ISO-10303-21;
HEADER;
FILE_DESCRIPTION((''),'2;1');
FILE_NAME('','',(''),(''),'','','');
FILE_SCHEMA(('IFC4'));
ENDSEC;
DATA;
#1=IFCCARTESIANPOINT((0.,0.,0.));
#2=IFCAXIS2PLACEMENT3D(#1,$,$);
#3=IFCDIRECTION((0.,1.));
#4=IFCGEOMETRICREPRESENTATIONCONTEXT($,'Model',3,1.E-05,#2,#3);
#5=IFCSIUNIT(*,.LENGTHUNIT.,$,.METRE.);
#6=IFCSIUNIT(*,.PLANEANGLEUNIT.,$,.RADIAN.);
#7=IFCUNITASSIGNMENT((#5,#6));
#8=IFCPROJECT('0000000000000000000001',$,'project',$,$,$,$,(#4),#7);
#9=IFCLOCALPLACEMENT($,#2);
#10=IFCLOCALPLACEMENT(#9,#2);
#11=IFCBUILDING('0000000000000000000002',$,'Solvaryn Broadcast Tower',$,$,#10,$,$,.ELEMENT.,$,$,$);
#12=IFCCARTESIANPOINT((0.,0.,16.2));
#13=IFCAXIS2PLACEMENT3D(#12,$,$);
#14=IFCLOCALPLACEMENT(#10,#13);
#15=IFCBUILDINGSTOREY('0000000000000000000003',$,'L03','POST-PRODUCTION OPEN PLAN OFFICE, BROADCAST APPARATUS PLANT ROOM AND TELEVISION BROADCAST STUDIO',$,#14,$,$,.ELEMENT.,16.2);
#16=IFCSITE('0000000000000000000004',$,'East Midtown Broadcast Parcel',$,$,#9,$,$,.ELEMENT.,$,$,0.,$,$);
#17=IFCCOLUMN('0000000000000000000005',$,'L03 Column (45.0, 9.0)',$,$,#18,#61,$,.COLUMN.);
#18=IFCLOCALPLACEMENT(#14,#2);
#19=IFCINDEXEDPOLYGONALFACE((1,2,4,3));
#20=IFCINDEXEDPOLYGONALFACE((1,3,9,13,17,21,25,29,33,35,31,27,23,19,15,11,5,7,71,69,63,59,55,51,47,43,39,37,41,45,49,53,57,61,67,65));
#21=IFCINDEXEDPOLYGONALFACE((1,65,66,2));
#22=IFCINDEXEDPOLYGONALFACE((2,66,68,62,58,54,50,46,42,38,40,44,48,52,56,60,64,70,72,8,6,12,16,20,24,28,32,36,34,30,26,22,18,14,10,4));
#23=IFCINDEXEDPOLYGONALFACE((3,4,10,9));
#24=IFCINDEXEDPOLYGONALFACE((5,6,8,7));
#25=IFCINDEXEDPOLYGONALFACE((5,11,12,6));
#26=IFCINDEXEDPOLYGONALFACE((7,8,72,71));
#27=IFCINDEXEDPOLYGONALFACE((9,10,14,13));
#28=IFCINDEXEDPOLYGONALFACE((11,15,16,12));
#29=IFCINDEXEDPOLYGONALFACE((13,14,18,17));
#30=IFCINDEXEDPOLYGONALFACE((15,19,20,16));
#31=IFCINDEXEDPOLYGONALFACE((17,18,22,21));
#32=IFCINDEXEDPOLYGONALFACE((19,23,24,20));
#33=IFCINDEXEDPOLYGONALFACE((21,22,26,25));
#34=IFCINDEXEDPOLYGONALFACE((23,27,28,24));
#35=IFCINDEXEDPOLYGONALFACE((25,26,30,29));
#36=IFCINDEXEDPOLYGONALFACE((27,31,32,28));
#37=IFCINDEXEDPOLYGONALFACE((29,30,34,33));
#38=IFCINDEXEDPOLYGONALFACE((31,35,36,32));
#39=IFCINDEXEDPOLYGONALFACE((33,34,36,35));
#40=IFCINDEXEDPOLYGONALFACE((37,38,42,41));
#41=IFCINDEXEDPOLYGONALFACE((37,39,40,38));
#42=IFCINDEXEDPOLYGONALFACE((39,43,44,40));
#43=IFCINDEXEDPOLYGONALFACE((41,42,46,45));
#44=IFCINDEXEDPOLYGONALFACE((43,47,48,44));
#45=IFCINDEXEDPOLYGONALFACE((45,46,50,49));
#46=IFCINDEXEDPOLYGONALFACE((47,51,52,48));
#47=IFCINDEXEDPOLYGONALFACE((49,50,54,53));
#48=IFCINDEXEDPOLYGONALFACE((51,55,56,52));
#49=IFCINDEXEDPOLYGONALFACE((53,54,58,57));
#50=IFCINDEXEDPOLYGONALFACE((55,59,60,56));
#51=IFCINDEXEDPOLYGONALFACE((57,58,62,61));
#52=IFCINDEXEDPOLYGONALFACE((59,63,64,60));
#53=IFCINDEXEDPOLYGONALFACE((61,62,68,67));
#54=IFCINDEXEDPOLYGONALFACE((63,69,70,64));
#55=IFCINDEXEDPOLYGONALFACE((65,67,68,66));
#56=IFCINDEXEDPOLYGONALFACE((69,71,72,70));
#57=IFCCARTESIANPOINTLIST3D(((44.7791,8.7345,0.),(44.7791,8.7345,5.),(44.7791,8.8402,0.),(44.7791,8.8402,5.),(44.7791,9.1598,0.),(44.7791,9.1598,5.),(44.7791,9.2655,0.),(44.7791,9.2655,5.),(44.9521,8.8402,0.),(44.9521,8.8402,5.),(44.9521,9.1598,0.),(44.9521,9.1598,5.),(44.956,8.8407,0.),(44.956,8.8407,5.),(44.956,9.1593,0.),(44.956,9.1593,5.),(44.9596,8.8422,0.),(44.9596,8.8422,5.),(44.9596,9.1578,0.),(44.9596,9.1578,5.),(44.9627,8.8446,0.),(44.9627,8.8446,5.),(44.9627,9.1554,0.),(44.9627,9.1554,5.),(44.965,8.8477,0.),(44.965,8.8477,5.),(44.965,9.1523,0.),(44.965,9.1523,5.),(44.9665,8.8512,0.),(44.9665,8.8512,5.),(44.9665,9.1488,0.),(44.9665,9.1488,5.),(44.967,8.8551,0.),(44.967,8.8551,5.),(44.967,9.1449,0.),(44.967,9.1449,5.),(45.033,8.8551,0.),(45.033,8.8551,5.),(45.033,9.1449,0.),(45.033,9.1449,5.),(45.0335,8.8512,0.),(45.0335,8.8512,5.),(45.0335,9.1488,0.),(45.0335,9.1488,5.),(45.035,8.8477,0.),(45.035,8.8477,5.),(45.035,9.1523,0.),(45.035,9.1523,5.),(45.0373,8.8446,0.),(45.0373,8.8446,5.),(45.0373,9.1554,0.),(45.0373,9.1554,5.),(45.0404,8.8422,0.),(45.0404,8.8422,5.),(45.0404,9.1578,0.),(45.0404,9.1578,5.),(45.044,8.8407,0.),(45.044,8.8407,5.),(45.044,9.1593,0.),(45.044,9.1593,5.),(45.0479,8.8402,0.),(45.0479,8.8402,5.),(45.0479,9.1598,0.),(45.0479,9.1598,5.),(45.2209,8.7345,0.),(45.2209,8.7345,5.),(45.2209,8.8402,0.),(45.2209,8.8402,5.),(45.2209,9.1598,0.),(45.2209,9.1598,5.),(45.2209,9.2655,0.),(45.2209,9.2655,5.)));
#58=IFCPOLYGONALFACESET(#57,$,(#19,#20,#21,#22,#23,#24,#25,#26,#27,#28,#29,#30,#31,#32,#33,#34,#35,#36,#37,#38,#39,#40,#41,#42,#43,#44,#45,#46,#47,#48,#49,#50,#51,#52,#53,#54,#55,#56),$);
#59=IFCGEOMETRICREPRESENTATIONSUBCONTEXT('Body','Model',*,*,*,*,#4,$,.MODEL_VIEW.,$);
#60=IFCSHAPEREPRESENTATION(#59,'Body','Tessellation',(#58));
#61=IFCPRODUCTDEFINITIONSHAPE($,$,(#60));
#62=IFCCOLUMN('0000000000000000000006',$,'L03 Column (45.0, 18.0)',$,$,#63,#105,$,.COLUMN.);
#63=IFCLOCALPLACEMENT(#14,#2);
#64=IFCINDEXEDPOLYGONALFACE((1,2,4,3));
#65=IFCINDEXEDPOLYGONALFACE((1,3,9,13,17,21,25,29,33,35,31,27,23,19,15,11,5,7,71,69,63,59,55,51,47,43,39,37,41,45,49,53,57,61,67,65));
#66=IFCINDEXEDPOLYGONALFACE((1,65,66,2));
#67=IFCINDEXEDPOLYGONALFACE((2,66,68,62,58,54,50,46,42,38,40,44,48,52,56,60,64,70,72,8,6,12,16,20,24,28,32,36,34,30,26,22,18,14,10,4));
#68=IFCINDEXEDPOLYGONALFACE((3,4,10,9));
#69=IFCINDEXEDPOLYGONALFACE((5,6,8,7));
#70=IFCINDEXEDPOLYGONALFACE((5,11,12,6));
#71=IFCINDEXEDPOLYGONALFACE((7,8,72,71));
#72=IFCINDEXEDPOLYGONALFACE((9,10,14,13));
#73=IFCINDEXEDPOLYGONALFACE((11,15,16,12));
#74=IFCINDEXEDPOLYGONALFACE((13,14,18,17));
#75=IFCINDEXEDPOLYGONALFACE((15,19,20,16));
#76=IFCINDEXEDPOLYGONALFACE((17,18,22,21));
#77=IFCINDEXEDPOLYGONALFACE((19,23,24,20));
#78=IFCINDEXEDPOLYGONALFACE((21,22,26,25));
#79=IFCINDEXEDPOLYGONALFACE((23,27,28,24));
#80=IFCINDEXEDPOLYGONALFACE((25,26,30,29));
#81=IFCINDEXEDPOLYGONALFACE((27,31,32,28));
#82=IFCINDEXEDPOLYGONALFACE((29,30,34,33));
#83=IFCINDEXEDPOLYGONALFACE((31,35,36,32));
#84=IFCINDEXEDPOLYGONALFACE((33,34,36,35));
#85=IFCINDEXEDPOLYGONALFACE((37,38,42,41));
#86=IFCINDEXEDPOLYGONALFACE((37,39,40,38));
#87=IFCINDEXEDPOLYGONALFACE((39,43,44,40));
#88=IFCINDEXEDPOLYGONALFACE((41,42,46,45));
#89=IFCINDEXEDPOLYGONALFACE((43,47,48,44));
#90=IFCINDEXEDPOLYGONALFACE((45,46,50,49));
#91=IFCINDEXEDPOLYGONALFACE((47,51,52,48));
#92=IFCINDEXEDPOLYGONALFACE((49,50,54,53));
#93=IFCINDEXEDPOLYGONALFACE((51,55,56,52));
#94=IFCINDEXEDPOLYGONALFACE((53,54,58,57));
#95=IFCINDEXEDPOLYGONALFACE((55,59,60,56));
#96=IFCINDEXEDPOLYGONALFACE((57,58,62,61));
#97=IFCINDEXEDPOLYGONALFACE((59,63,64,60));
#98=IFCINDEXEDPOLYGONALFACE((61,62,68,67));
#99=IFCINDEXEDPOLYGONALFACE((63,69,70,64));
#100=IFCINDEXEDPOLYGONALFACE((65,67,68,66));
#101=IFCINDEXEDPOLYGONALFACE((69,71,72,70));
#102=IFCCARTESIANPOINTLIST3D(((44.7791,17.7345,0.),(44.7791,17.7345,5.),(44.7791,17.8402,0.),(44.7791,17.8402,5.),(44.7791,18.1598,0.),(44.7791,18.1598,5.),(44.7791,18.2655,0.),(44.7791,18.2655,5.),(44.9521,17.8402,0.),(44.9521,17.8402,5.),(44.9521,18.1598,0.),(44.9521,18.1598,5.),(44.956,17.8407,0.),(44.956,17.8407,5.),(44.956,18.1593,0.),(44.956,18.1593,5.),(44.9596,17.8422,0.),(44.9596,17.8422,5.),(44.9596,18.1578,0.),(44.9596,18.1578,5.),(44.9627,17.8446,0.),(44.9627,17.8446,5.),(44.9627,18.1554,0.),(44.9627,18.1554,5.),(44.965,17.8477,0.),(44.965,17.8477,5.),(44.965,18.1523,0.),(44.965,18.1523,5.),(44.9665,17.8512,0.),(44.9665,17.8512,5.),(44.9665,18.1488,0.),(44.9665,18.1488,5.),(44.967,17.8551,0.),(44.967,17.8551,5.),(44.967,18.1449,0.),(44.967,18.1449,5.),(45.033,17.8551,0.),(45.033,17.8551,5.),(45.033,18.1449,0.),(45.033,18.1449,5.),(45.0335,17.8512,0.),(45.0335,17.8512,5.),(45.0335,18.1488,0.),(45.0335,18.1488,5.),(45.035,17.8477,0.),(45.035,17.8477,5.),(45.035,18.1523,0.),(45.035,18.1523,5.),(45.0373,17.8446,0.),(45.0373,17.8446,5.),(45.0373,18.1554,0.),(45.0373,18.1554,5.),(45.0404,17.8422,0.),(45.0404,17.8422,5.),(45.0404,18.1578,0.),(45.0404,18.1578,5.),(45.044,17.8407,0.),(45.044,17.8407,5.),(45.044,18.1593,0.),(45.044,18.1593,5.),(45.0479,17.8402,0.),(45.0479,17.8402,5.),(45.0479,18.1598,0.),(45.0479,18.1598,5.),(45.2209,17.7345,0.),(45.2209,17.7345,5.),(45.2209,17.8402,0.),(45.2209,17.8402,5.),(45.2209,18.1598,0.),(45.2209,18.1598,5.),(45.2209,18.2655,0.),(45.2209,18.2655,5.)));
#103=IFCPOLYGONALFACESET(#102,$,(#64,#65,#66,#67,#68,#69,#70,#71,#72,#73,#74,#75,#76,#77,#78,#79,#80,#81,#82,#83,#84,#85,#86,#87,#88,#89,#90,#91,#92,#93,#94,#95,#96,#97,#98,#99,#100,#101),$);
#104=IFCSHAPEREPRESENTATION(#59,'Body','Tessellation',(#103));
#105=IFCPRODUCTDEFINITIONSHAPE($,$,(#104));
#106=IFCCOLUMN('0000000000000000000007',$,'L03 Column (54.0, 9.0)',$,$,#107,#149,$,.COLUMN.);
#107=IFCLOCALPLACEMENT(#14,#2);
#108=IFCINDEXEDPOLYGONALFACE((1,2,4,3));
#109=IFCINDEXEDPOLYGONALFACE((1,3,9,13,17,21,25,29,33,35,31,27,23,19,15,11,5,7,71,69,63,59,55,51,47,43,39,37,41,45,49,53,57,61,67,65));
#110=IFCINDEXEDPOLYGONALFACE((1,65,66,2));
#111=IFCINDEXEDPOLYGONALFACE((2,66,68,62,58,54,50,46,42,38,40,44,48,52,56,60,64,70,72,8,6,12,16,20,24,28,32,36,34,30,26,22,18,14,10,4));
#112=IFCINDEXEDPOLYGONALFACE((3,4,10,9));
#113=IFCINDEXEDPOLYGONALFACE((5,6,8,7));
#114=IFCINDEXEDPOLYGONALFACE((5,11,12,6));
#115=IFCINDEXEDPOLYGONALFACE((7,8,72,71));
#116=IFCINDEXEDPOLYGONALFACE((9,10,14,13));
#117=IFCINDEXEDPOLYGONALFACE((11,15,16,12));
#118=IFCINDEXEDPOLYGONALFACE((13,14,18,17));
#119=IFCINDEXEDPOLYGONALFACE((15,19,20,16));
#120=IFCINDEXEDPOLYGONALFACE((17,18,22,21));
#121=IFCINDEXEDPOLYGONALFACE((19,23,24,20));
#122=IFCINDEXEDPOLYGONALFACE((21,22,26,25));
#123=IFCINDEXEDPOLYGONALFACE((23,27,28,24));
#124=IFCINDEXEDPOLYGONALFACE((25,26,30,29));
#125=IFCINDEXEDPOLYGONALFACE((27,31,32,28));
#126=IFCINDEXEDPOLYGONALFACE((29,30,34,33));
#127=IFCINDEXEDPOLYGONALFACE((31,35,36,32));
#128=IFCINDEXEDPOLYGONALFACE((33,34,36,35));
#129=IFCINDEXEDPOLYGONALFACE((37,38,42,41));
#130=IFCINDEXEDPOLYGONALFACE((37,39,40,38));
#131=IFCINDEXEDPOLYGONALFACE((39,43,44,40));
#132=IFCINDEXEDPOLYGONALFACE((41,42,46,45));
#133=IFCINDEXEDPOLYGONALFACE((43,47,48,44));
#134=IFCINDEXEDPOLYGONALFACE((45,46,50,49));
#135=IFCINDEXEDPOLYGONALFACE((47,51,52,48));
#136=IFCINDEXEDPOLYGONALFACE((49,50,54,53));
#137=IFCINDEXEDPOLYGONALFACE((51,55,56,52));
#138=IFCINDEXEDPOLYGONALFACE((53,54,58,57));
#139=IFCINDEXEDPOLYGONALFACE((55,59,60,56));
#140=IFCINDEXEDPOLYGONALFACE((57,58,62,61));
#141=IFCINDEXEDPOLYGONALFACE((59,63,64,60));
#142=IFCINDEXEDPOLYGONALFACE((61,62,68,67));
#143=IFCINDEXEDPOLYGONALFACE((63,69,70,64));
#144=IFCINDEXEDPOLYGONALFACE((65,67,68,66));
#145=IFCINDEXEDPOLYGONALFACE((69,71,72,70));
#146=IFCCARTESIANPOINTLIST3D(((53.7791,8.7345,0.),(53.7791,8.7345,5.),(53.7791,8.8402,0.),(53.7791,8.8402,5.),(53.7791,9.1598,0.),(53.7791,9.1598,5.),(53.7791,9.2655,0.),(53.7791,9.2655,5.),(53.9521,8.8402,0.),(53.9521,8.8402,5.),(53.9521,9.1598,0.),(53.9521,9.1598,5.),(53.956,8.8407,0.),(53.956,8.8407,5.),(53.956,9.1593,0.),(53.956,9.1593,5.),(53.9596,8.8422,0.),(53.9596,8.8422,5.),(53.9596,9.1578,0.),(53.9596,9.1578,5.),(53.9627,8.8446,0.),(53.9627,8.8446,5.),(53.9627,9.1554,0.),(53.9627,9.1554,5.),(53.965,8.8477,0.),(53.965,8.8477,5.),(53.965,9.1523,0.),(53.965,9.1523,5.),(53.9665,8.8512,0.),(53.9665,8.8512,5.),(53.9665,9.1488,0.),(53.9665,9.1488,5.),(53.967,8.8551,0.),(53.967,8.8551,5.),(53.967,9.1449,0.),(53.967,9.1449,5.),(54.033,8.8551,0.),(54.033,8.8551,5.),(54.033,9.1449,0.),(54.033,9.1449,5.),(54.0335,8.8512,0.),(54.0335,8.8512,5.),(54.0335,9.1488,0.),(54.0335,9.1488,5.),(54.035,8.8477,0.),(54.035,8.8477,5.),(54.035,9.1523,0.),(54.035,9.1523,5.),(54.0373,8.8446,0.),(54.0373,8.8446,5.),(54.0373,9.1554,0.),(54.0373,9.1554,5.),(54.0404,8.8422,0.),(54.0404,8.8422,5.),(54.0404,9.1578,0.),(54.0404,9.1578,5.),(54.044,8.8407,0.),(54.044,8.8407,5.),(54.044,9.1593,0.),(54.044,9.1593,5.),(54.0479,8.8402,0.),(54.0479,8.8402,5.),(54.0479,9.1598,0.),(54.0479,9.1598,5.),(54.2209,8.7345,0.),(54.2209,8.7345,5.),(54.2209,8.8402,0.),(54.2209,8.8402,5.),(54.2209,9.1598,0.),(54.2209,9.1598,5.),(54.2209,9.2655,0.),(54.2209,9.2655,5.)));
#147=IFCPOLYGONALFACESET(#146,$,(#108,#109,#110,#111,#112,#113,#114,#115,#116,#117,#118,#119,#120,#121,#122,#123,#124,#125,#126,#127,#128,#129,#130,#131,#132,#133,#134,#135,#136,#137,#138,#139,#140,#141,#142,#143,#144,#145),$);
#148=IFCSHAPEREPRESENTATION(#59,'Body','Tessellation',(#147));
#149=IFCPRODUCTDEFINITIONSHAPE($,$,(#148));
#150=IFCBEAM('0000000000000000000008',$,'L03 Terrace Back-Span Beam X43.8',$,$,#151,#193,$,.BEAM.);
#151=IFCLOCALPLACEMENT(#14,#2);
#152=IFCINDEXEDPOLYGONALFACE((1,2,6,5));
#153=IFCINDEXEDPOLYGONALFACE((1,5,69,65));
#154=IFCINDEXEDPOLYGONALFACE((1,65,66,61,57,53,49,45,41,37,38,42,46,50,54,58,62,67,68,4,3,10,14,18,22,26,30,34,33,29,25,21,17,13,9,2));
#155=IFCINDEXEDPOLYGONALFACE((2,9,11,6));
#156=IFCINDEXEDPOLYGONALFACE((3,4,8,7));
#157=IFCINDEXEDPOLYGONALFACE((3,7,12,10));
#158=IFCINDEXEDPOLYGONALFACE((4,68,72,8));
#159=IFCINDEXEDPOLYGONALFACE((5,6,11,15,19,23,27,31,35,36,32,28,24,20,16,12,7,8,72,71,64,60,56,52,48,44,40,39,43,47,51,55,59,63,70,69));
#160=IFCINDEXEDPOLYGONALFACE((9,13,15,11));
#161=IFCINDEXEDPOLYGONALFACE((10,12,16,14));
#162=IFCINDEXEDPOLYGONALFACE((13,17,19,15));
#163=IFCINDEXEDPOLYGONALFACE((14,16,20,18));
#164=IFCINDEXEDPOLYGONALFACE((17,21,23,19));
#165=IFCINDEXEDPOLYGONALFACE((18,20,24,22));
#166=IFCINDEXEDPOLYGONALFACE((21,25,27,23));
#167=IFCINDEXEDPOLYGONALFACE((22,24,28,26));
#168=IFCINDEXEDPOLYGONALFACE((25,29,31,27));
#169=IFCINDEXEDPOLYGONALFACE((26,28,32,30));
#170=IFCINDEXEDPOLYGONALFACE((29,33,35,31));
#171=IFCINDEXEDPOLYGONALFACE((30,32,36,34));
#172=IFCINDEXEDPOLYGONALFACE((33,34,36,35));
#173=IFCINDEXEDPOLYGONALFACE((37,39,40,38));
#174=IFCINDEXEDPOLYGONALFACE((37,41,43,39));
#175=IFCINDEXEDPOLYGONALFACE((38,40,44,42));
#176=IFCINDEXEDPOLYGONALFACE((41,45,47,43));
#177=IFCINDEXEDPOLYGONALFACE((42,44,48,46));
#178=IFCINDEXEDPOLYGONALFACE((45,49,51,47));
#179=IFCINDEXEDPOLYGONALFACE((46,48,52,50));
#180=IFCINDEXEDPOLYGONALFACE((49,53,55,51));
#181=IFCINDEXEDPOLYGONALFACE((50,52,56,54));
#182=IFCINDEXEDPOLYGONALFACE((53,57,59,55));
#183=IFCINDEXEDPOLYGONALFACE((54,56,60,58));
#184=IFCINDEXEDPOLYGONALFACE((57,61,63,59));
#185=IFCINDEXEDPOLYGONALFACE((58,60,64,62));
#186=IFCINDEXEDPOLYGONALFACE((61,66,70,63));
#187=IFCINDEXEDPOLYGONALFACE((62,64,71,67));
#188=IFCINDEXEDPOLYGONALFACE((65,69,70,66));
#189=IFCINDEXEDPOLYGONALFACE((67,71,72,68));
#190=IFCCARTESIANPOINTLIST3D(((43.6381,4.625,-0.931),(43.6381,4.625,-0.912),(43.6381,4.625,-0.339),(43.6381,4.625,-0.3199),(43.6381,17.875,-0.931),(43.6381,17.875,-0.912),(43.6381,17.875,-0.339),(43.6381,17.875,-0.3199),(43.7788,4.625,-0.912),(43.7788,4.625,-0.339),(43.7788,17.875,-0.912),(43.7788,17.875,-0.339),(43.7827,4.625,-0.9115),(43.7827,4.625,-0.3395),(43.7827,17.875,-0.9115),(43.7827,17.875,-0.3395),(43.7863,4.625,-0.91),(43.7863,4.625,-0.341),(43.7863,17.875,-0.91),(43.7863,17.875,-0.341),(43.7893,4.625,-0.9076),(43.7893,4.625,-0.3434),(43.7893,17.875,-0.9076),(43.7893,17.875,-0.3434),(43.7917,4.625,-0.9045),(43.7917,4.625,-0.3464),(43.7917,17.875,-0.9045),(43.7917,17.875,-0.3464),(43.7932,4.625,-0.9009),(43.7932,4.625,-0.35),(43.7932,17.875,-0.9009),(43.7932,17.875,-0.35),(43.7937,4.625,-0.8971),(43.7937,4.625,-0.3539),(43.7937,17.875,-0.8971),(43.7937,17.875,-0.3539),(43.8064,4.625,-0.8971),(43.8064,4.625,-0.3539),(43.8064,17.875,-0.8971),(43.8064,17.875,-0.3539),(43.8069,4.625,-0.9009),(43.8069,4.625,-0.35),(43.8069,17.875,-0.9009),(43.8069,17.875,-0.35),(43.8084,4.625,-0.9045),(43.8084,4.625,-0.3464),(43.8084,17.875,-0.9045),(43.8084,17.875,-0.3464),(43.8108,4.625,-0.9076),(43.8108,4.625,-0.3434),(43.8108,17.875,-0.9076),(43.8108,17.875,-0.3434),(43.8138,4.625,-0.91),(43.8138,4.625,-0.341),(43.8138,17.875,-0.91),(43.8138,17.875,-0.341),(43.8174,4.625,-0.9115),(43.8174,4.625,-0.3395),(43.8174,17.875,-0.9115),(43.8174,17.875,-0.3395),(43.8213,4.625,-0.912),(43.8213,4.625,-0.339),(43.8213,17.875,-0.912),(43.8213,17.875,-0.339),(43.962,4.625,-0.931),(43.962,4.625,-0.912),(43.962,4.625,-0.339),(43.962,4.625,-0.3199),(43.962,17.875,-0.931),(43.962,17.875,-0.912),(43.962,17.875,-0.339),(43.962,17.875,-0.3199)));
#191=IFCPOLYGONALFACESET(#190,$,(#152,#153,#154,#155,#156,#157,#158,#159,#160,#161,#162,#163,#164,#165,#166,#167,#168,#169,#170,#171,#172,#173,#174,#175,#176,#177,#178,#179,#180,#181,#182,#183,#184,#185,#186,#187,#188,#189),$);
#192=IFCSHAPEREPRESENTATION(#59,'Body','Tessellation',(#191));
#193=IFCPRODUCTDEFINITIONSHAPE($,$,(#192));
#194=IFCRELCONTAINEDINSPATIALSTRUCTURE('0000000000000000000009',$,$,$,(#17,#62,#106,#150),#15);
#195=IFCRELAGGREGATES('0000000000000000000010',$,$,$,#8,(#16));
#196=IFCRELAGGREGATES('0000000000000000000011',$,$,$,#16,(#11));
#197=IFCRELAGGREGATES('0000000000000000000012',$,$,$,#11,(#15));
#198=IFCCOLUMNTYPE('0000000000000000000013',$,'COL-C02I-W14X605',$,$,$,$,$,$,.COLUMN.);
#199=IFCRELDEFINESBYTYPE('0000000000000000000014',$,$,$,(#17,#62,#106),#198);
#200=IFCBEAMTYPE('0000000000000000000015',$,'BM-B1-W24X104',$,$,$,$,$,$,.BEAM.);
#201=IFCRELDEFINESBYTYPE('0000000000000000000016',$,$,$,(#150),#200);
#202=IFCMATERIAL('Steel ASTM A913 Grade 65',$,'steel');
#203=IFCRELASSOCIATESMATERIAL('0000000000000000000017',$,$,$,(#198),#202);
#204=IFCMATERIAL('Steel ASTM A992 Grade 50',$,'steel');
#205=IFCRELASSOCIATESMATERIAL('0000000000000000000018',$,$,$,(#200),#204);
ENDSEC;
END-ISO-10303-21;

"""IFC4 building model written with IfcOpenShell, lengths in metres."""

from ifc_helpers import new_model, si_unit, direction, frame, origin, origin_2d, place, context, subcontext, project, spatial, i_section, extrude, material, material_profile, profile_set, type_object, element, save


model = new_model("IFC4")

# Units and contexts
model_context = context("Model", 3, precision=1e-05, world=origin(), true_north=direction((0.0, 1.0)))
body_context = subcontext(model_context, "Body", "Model", "MODEL_VIEW")
ifc_project = project(units=[si_unit("LENGTHUNIT", "METRE"), si_unit("PLANEANGLEUNIT", "RADIAN")], contexts=[model_context])

# Site, building, storey
site_placement = place(None, origin())
site = spatial("IfcSite", under=ifc_project, at=site_placement, Name="East Midtown Broadcast Parcel", CompositionType="ELEMENT", RefElevation=0.0)
building_placement = place(site_placement, origin())
building = spatial("IfcBuilding", under=site, at=building_placement, Name="Solvaryn Broadcast Tower", CompositionType="ELEMENT")
storey_placement = place(building_placement, frame((0.0, 0.0, 16.2)))
storey = spatial("IfcBuildingStorey", under=building, at=storey_placement, Name="L03", Description="POST-PRODUCTION OPEN PLAN OFFICE, BROADCAST APPARATUS PLANT ROOM AND TELEVISION BROADCAST STUDIO", CompositionType="ELEMENT", Elevation=16.2)

# Columns
ifc_material_1 = material(Name="Steel ASTM A913 Grade 65", Category="steel")
ifc_material_profile_1 = material_profile(ifc_material_1, i_section(OverallWidth=0.4419, OverallDepth=0.531, WebThickness=0.0659, FlangeThickness=0.1057, FilletRadius=0.0149, at=origin_2d()))
ifc_profile_set_1 = profile_set([ifc_material_profile_1], Name="Steel ASTM A913 Grade 65")
column_type = type_object("IfcColumnType", Name="COL-C02I-W14X605", PredefinedType="COLUMN", material=ifc_profile_set_1)
for number, where, z_axis, x_axis, name in (
    (1, (45.0, 9.0, 0.0), (0.0, 0.0, 1.0), (1.0, 0.0, 0.0), "L03 Column (45.0, 9.0)"),
    (2, (45.0, 18.0, 0.0), (0.0, 0.0, 1.0), (1.0, 0.0, 0.0), "L03 Column (45.0, 18.0)"),
    (3, (54.0, 9.0, 0.0), (0.0, 0.0, 1.0), (1.0, 0.0, 0.0), "L03 Column (54.0, 9.0)"),
):
    element("IfcColumn", number, at=place(storey_placement, frame(where, z_axis=z_axis, x_axis=x_axis)), inside=storey, type_object=column_type, Name=name, PredefinedType="COLUMN", context=body_context, shape_type="SweptSolid", body=[
        extrude(i_section(OverallWidth=0.4419, OverallDepth=0.531, WebThickness=0.0659, FlangeThickness=0.1057, FilletRadius=0.0149, at=origin_2d()), origin(), (0.0, 0.0, 1.0), 5.0),
    ])

# Beam
ifc_material_2 = material(Name="Steel ASTM A992 Grade 50", Category="steel")
ifc_material_profile_2 = material_profile(ifc_material_2, i_section(OverallWidth=0.324, OverallDepth=0.6111, WebThickness=0.0127, FlangeThickness=0.019, FilletRadius=0.0149, at=origin_2d()))
ifc_profile_set_2 = profile_set([ifc_material_profile_2], Name="Steel ASTM A992 Grade 50")
beam_type_1 = type_object("IfcBeamType", Name="BM-B1-W24X104", PredefinedType="BEAM", material=ifc_profile_set_2)
for number, where, z_axis, x_axis, name in (
    (4, (43.8, 17.875, -0.6255), (0.0, -1.0, 0.0), (1.0, 0.0, 0.0), "L03 Terrace Back-Span Beam X43.8"),
):
    element("IfcBeam", number, at=place(storey_placement, frame(where, z_axis=z_axis, x_axis=x_axis)), inside=storey, type_object=beam_type_1, Name=name, PredefinedType="BEAM", context=body_context, shape_type="SweptSolid", body=[
        extrude(i_section(OverallWidth=0.324, OverallDepth=0.6111, WebThickness=0.0127, FlangeThickness=0.019, FilletRadius=0.0149, at=origin_2d()), origin(), (0.0, 0.0, 1.0), 13.25),
    ])

save(model, "model.ifc")
